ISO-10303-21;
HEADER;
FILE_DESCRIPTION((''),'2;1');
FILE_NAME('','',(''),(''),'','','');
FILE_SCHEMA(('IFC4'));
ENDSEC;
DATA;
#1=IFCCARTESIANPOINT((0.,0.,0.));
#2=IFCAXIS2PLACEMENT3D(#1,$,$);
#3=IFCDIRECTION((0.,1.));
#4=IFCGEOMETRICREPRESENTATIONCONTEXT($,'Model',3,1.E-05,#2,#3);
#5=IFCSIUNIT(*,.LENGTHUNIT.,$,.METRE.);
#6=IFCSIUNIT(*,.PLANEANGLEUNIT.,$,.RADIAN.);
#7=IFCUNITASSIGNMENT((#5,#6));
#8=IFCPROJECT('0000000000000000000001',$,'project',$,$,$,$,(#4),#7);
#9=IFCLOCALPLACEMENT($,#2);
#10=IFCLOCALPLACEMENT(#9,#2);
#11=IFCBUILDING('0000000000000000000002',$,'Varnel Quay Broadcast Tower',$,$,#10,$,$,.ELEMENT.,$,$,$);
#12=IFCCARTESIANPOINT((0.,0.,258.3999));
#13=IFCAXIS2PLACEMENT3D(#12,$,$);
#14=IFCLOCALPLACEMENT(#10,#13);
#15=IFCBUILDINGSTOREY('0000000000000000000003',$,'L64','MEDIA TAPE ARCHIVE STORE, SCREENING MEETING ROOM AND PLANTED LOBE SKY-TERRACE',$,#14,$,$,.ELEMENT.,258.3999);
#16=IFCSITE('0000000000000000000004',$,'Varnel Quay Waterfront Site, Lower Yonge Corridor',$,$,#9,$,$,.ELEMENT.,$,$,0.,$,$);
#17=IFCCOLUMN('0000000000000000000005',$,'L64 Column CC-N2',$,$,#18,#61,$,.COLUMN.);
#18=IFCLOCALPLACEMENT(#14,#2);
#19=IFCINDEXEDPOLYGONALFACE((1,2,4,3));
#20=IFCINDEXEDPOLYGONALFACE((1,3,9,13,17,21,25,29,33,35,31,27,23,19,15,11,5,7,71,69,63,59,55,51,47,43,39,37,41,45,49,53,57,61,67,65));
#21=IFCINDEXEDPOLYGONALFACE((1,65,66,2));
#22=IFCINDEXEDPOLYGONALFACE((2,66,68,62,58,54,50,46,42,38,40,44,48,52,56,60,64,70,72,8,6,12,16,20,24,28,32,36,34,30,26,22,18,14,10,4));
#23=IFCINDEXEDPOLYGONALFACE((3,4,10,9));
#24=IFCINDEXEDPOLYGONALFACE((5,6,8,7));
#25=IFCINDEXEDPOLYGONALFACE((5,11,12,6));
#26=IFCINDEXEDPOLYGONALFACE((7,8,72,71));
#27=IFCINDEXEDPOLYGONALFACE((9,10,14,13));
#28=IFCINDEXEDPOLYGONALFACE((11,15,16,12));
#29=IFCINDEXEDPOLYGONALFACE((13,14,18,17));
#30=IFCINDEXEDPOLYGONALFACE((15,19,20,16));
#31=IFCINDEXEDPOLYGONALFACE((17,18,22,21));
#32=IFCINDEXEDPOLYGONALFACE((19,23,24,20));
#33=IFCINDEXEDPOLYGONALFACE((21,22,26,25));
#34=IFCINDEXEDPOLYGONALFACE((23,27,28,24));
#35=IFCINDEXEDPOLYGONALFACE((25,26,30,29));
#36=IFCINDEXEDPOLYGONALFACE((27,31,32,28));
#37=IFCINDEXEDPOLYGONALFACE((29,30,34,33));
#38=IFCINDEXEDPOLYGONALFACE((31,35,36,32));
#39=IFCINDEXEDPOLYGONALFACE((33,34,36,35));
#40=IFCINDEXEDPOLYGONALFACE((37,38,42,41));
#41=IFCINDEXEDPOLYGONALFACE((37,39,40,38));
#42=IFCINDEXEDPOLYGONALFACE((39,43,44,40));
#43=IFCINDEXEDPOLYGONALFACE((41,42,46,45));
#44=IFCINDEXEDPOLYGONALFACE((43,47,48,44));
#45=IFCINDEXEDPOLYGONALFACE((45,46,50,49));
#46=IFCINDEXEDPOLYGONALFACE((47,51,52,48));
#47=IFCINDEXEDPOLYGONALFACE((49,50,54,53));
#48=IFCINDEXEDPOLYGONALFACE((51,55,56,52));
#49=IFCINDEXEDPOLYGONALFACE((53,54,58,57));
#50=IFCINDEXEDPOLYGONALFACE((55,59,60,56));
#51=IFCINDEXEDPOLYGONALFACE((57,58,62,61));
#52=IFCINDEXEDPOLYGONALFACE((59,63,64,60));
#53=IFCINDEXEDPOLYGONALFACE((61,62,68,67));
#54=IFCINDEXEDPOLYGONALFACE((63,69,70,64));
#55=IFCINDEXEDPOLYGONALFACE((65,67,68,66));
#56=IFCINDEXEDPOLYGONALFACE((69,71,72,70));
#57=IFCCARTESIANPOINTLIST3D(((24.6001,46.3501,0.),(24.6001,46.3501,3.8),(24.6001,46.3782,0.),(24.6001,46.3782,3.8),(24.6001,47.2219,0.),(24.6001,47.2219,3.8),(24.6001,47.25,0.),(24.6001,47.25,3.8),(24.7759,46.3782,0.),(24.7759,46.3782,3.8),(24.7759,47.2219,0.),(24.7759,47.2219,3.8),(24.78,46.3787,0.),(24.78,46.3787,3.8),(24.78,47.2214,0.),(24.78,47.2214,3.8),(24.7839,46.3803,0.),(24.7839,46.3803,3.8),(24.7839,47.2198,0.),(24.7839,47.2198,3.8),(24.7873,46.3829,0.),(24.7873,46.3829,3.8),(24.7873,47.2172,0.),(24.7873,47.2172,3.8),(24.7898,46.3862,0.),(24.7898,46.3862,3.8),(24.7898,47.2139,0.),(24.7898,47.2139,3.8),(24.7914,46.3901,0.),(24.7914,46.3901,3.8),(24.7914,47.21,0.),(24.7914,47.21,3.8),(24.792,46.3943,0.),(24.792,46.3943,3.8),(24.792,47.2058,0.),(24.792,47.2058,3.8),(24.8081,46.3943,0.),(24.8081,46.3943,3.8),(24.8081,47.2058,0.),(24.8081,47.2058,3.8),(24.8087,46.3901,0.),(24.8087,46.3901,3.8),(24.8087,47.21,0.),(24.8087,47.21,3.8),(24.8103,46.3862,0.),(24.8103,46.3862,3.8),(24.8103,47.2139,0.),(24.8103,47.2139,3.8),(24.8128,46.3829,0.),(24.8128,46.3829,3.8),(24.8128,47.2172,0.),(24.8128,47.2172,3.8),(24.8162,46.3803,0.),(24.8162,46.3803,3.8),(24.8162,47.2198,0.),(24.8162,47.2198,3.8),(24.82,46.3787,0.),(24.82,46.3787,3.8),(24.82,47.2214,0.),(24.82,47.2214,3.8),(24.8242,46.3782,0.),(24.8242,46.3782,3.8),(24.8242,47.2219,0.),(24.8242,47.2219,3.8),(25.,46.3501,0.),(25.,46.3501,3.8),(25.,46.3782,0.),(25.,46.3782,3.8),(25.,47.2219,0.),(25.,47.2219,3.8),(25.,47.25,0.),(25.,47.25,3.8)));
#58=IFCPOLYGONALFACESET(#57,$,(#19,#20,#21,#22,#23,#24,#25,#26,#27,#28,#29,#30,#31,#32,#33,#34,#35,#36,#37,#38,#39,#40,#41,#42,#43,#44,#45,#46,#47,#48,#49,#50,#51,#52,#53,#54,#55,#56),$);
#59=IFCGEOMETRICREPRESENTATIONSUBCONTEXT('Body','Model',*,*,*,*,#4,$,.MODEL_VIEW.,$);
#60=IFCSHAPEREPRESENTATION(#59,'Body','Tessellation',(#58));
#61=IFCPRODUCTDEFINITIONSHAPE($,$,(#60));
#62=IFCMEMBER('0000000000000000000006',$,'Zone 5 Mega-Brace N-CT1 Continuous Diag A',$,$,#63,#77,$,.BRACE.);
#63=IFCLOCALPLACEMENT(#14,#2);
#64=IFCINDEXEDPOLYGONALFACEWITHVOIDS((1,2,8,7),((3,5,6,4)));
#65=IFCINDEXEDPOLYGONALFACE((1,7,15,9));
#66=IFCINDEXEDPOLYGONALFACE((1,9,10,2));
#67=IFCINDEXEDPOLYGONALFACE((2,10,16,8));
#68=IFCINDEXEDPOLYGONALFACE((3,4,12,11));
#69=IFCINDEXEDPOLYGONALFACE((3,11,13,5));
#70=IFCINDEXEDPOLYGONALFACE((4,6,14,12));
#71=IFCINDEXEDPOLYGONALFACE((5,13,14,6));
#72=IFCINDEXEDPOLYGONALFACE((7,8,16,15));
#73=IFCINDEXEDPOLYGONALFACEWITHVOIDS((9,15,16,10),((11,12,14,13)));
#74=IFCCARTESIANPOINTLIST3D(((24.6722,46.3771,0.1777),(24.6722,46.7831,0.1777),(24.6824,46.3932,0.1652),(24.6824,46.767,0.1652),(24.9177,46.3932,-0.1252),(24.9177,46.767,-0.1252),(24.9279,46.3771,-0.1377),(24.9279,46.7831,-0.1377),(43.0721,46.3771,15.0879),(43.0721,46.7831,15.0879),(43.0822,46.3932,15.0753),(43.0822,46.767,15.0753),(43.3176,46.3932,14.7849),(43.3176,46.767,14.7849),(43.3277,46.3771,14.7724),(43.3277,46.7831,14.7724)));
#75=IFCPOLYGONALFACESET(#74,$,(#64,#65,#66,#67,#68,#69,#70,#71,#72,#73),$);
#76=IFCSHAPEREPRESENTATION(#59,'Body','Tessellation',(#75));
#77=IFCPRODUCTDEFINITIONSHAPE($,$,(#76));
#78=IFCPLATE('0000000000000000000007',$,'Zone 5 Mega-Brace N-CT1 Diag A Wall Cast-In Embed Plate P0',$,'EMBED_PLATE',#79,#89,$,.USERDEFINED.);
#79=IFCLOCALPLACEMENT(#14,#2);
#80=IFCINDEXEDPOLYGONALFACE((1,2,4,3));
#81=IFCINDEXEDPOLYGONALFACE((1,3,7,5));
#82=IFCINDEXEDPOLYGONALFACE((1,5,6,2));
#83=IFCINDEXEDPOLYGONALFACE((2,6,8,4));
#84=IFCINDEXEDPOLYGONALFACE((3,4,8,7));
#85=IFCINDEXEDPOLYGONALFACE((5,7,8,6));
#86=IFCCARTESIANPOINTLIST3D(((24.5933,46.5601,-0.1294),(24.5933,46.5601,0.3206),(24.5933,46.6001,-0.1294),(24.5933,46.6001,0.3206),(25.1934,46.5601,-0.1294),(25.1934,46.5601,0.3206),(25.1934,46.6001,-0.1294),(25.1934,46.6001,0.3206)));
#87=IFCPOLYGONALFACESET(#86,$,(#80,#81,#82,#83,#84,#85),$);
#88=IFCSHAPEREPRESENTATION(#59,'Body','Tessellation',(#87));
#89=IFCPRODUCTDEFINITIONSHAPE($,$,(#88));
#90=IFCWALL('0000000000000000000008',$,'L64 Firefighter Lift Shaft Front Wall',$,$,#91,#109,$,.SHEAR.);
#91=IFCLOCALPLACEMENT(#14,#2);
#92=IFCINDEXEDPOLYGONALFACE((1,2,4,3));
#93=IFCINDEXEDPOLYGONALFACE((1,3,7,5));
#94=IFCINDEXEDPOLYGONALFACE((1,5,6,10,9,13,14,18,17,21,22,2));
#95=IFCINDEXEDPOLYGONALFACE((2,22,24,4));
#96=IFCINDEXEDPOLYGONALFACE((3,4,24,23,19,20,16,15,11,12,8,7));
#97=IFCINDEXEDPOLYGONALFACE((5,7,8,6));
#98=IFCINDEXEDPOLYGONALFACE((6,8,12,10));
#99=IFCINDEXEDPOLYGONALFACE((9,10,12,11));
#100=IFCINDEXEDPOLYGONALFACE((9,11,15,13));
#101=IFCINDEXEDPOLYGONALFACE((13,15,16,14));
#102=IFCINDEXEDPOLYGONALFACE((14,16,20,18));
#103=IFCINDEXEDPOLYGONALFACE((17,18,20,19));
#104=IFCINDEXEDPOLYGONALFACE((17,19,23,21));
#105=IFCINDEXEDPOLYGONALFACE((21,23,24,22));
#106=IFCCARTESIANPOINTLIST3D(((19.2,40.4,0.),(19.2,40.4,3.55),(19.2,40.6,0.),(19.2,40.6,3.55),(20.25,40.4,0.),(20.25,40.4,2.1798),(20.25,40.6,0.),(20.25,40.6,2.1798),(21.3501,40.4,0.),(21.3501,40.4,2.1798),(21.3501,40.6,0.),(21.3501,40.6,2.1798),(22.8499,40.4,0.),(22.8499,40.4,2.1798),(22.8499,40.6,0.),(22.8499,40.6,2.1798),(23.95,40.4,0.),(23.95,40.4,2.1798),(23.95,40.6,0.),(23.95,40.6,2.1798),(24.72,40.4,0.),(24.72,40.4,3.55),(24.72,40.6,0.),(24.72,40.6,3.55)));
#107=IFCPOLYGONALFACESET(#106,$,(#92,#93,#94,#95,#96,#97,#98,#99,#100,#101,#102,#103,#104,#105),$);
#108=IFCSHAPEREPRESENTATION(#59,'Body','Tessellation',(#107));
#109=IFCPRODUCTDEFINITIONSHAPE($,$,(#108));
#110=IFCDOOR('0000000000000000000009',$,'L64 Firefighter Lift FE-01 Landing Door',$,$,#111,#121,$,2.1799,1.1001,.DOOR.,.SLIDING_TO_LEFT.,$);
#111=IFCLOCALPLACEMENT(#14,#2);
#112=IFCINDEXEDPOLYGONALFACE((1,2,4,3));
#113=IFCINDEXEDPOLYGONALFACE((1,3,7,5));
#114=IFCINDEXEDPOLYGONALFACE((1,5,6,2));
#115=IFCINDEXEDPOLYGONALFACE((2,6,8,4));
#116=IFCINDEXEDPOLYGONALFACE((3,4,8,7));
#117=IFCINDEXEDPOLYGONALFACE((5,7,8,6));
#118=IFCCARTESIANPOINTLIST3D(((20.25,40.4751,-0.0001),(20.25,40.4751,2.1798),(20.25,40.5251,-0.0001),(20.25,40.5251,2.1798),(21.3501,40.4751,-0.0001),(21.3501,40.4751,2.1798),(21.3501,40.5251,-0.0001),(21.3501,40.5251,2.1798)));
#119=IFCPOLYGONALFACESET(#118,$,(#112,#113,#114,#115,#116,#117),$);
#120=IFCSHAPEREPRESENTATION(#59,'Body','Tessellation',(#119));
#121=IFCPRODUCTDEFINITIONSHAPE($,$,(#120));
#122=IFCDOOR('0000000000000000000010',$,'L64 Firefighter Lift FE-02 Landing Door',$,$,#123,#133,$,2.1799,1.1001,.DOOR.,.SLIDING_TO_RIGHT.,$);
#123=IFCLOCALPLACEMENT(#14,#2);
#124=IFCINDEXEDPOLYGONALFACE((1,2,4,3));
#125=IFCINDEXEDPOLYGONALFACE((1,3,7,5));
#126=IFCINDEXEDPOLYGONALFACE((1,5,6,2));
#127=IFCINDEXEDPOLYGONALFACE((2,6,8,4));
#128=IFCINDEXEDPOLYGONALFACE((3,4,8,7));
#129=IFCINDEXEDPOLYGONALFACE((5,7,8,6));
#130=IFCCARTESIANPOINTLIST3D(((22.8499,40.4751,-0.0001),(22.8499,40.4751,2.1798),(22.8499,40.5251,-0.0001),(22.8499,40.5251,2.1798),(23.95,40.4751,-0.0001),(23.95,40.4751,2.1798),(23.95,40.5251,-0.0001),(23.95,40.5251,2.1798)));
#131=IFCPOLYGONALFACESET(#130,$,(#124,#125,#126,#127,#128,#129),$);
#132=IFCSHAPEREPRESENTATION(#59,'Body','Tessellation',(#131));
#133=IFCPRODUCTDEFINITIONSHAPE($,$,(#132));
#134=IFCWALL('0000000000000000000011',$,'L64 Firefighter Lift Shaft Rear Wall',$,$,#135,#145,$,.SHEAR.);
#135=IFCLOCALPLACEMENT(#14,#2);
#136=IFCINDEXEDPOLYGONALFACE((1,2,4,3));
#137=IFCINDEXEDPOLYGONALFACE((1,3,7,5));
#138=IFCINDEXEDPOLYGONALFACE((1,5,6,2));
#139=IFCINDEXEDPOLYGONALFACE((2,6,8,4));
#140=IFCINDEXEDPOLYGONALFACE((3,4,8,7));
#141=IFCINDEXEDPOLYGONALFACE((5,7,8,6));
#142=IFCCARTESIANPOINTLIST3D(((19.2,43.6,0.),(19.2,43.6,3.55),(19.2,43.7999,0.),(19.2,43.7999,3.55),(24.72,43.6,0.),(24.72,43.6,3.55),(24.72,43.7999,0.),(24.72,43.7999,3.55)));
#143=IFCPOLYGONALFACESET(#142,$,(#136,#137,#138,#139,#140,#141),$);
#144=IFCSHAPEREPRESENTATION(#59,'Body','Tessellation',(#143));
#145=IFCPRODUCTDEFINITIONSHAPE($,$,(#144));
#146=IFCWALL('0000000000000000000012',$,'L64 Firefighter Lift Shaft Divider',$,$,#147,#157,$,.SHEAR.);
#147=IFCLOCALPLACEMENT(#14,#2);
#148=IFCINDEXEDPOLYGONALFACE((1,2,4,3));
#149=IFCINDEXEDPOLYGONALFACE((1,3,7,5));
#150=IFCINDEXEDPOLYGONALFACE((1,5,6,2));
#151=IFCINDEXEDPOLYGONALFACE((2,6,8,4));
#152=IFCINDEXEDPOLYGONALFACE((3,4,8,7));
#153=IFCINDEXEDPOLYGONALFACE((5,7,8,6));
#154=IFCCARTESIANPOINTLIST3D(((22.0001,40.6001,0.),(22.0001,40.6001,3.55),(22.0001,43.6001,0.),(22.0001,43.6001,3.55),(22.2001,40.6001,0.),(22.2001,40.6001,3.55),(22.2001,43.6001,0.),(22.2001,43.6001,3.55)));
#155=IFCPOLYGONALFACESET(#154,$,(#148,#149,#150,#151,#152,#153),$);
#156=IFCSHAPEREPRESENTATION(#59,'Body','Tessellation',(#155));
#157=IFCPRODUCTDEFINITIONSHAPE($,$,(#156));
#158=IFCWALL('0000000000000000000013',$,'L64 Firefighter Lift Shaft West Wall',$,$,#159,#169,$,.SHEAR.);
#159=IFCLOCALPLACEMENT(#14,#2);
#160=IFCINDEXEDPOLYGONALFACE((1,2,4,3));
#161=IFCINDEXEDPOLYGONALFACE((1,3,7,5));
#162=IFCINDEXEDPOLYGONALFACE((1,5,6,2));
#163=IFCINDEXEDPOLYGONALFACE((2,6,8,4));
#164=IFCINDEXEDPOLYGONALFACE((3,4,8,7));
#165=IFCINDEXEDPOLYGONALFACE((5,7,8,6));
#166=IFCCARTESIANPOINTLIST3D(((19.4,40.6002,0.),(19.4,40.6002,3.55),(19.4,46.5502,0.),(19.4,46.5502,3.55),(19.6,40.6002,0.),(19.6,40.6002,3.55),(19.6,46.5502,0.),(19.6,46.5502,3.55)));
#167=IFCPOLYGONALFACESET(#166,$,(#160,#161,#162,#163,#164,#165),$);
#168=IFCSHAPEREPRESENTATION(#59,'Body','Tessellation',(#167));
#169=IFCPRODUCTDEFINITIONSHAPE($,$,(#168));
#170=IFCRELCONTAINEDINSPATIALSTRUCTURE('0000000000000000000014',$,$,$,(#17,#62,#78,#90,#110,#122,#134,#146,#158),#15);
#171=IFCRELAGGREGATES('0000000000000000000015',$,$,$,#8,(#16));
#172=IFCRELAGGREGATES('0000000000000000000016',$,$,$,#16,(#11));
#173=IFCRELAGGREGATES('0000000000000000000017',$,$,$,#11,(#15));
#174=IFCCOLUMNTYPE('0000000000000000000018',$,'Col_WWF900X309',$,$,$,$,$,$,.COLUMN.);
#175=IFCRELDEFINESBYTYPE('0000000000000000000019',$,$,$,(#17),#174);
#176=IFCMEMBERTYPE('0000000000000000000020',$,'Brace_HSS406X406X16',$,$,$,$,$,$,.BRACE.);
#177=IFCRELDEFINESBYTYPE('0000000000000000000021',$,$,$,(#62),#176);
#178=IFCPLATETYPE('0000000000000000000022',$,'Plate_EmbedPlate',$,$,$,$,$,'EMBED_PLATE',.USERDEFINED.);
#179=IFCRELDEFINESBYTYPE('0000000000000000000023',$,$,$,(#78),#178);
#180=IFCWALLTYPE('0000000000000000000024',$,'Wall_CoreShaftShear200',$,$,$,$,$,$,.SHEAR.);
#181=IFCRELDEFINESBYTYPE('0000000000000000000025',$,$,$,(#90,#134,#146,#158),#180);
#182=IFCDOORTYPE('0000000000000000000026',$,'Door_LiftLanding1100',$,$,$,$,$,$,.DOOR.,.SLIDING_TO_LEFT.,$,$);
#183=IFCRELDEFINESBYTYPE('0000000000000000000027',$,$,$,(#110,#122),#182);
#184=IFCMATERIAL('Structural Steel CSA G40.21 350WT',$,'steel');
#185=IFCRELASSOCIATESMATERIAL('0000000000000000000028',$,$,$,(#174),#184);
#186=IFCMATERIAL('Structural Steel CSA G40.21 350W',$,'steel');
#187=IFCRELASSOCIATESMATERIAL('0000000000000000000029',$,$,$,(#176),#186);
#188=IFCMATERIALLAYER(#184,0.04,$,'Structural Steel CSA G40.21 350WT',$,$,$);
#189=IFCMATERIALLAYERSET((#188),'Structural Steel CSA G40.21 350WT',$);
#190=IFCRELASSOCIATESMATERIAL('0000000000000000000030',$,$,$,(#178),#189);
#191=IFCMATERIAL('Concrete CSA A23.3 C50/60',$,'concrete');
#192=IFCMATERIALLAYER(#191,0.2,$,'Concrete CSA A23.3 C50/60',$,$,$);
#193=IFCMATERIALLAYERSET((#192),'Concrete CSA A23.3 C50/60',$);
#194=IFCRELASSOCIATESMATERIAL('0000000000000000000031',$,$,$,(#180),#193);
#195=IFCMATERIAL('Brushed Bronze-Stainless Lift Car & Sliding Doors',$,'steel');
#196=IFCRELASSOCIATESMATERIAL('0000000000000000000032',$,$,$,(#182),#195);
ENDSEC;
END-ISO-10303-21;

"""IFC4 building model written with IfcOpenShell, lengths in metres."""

from ifc_helpers import new_model, si_unit, direction, frame, frame_2d, origin, origin_2d, place, context, subcontext, project, spatial, rectangle, hollow_rectangle, i_section, extrude, source, transform, mapped, material, layer, layer_set, material_profile, profile_set, type_object, type_shapes, element, fill, save


model = new_model("IFC4")

# Units and contexts
model_context = context("Model", 3, precision=1e-05, world=origin(), true_north=direction((0.0, 1.0)))
body_context = subcontext(model_context, "Body", "Model", "MODEL_VIEW")
ifc_project = project(units=[si_unit("LENGTHUNIT", "METRE"), si_unit("PLANEANGLEUNIT", "RADIAN")], contexts=[model_context])

# Site, building, storey
site_placement = place(None, origin())
site = spatial("IfcSite", under=ifc_project, at=site_placement, Name="Varnel Quay Waterfront Site, Lower Yonge Corridor", CompositionType="ELEMENT", RefElevation=0.0)
building_placement = place(site_placement, origin())
building = spatial("IfcBuilding", under=site, at=building_placement, Name="Varnel Quay Broadcast Tower", CompositionType="ELEMENT")
storey_placement = place(building_placement, frame((0.0, 0.0, 258.3999)))
storey = spatial("IfcBuildingStorey", under=building, at=storey_placement, Name="L64", Description="MEDIA TAPE ARCHIVE STORE, SCREENING MEETING ROOM AND PLANTED LOBE SKY-TERRACE", CompositionType="ELEMENT", Elevation=258.3999)

# Column
ifc_material_1 = material(Name="Structural Steel CSA G40.21 350WT", Category="steel")
ifc_material_profile_1 = material_profile(ifc_material_1, i_section(OverallWidth=0.3999, OverallDepth=0.8999, WebThickness=0.0161, FlangeThickness=0.0281, FilletRadius=0.0161, at=origin_2d()), Name="WWF900X309")
ifc_profile_set_1 = profile_set([ifc_material_profile_1], Name="Structural Steel CSA G40.21 350WT")
column_type = type_object("IfcColumnType", Name="Col_WWF900X309", PredefinedType="COLUMN", material=ifc_profile_set_1)
shared_shape_1 = source(origin(), body_context, "Body", "SweptSolid", [
    extrude(i_section(OverallWidth=0.3999, OverallDepth=0.8999, WebThickness=0.0161, FlangeThickness=0.0281, FilletRadius=0.0161, at=origin_2d()), origin(), (0.0, 0.0, 1.0), 3.8),
])
type_shapes(column_type, [shared_shape_1])
column_placement = place(storey_placement, frame((24.8, 46.8, 0.0), z_axis=(0.0, 0.0, 1.0), x_axis=(1.0, 0.0, 0.0)))
element("IfcColumn", 1, at=column_placement, inside=storey, type_object=column_type, Name="L64 Column CC-N2", PredefinedType="COLUMN", context=body_context, shape_type="MappedRepresentation", body=[
    mapped(shared_shape_1, transform((0.0, 0.0, 0.0), x_axis=(1.0, 0.0, 0.0), y_axis=(0.0, 1.0, 0.0), z_axis=(0.0, 0.0, 1.0), scale=1.0)),
])

# Member
ifc_material_2 = material(Name="Structural Steel CSA G40.21 350W", Category="steel")
ifc_material_profile_2 = material_profile(ifc_material_2, hollow_rectangle(XDim=0.406, YDim=0.406, WallThickness=0.0161, at=origin_2d()), Name="HSS406X406X16")
ifc_profile_set_2 = profile_set([ifc_material_profile_2], Name="Structural Steel CSA G40.21 350W")
member_type = type_object("IfcMemberType", Name="Brace_HSS406X406X16", PredefinedType="BRACE", material=ifc_profile_set_2)
shared_shape_2 = source(origin(), body_context, "Body", "SweptSolid", [
    extrude(hollow_rectangle(XDim=0.406, YDim=0.406, WallThickness=0.0161, at=origin_2d()), origin(), (0.0, 0.0, 1.0), 23.6826),
])
type_shapes(member_type, [shared_shape_2])
member_placement = place(storey_placement, frame((24.8, 46.5801, 0.02), z_axis=(0.776935, 0.0, 0.629581), x_axis=(0.0, 1.0, 0.0)))
element("IfcMember", 2, at=member_placement, inside=storey, type_object=member_type, Name="Zone 5 Mega-Brace N-CT1 Continuous Diag A", PredefinedType="BRACE", context=body_context, shape_type="MappedRepresentation", body=[
    mapped(shared_shape_2, transform((0.0, 0.0, 0.0), x_axis=(1.0, 0.0, 0.0), y_axis=(0.0, 1.0, 0.0), z_axis=(0.0, 0.0, 1.0), scale=1.0)),
])

# Plate
ifc_layer_1 = layer(ifc_material_1, 0.04, Name="Structural Steel CSA G40.21 350WT")
ifc_layer_set_1 = layer_set([ifc_layer_1], Name="Structural Steel CSA G40.21 350WT")
plate_type = type_object("IfcPlateType", Name="Plate_EmbedPlate", ElementType="EMBED_PLATE", PredefinedType="USERDEFINED", material=ifc_layer_set_1)
shared_shape_3 = source(origin(), body_context, "Body", "SweptSolid", [
    extrude(rectangle(XDim=0.6001, YDim=0.04, at=origin_2d()), origin(), (0.0, 0.0, 1.0), 0.45),
])
type_shapes(plate_type, [shared_shape_3])
plate_placement = place(storey_placement, frame((24.8933, 46.5801, -0.1294), z_axis=(0.0, 0.0, 1.0), x_axis=(1.0, 0.0, 0.0)))
element("IfcPlate", 3, at=plate_placement, inside=storey, type_object=plate_type, Name="Zone 5 Mega-Brace N-CT1 Diag A Wall Cast-In Embed Plate P0", ObjectType="EMBED_PLATE", PredefinedType="USERDEFINED", context=body_context, shape_type="MappedRepresentation", body=[
    mapped(shared_shape_3, transform((0.0, 0.0, 0.0), x_axis=(1.0, 0.0, 0.0), y_axis=(0.0, 1.0, 0.0), z_axis=(0.0, 0.0, 1.0), scale=1.0)),
])

# Wall, openings, doors
ifc_material_3 = material(Name="Concrete CSA A23.3 C50/60", Category="concrete")
ifc_layer_2 = layer(ifc_material_3, 0.2, Name="Concrete CSA A23.3 C50/60")
ifc_layer_set_2 = layer_set([ifc_layer_2], Name="Concrete CSA A23.3 C50/60")
wall_type_1 = type_object("IfcWallType", Name="Wall_CoreShaftShear200", PredefinedType="SHEAR", material=ifc_layer_set_2)
wall_1_placement = place(storey_placement, frame((19.2, 40.5, 0.0), z_axis=(0.0, 0.0, 1.0), x_axis=(1.0, 0.0, 0.0)))
wall_1 = element("IfcWall", 4, at=wall_1_placement, inside=storey, type_object=wall_type_1, Name="L64 Firefighter Lift Shaft Front Wall", PredefinedType="SHEAR", context=body_context, shape_type="SweptSolid", body=[
    extrude(rectangle(XDim=5.52, YDim=0.2, at=frame_2d((2.76, 0.0))), origin(), (0.0, 0.0, 1.0), 3.55),
])
opening_1_placement = place(wall_1_placement, frame((1.05, 0.0, 0.0)))
opening_1 = element("IfcOpeningElement", 5, at=opening_1_placement, cuts=wall_1, PredefinedType="OPENING", context=body_context, shape_type="SweptSolid", body=[
    extrude(rectangle(XDim=1.1001, YDim=2.1799, at=frame_2d((0.55, 1.0898))), frame((0.0, 0.1099, 0.0), z_axis=(0.0, -1.0, 0.0), x_axis=(1.0, 0.0, 0.0)), (0.0, 0.0, 1.0), 0.22),
])
opening_2_placement = place(wall_1_placement, frame((3.6499, 0.0, 0.0)))
opening_2 = element("IfcOpeningElement", 6, at=opening_2_placement, cuts=wall_1, PredefinedType="OPENING", context=body_context, shape_type="SweptSolid", body=[
    extrude(rectangle(XDim=1.1001, YDim=2.1799, at=frame_2d((0.55, 1.0898))), frame((0.0, 0.1099, 0.0), z_axis=(0.0, -1.0, 0.0), x_axis=(1.0, 0.0, 0.0)), (0.0, 0.0, 1.0), 0.22),
])
ifc_material_4 = material(Name="Brushed Bronze-Stainless Lift Car & Sliding Doors", Category="steel")
door_type_1 = type_object("IfcDoorType", Name="Door_LiftLanding1100", OperationType="SLIDING_TO_LEFT", PredefinedType="DOOR", material=ifc_material_4)
shared_shape_4 = source(origin(), body_context, "Body", "SweptSolid", [
    extrude(rectangle(XDim=1.1001, YDim=2.1799, at=frame_2d((0.55, 1.0898))), frame((0.0, 0.0249, 0.0), z_axis=(0.0, -1.0, 0.0), x_axis=(1.0, 0.0, 0.0)), (0.0, 0.0, 1.0), 0.05),
])
type_shapes(door_type_1, [shared_shape_4])
door_1_placement = place(opening_1_placement, frame((1.1001, 0.0, 0.0), z_axis=(0.0, 0.0, 1.0), x_axis=(-1.0, 0.0, 0.0)))
door_1 = element("IfcDoor", 7, at=door_1_placement, inside=storey, type_object=door_type_1, Name="L64 Firefighter Lift FE-01 Landing Door", OperationType="SLIDING_TO_LEFT", OverallHeight=2.1799, OverallWidth=1.1001, PredefinedType="DOOR", context=body_context, shape_type="MappedRepresentation", body=[
    mapped(shared_shape_4, transform((0.0, 0.0, 0.0), x_axis=(1.0, 0.0, 0.0), y_axis=(0.0, 1.0, 0.0), z_axis=(0.0, 0.0, 1.0), scale=1.0)),
])
fill(opening_1, door_1)
door_2_placement = place(opening_2_placement, frame((1.1001, 0.0, 0.0), z_axis=(0.0, 0.0, 1.0), x_axis=(-1.0, 0.0, 0.0)))
door_2 = element("IfcDoor", 8, at=door_2_placement, inside=storey, type_object=door_type_1, Name="L64 Firefighter Lift FE-02 Landing Door", OperationType="SLIDING_TO_RIGHT", OverallHeight=2.1799, OverallWidth=1.1001, PredefinedType="DOOR", context=body_context, shape_type="MappedRepresentation", body=[
    mapped(shared_shape_4, transform((0.0, 0.0, 0.0), x_axis=(1.0, 0.0, 0.0), y_axis=(0.0, 1.0, 0.0), z_axis=(0.0, 0.0, 1.0), scale=1.0)),
])
fill(opening_2, door_2)

# Walls
wall_2_placement = place(storey_placement, frame((19.2, 43.7, 0.0), z_axis=(0.0, 0.0, 1.0), x_axis=(1.0, 0.0, 0.0)))
element("IfcWall", 9, at=wall_2_placement, inside=storey, type_object=wall_type_1, Name="L64 Firefighter Lift Shaft Rear Wall", PredefinedType="SHEAR", context=body_context, shape_type="SweptSolid", body=[
    extrude(rectangle(XDim=5.52, YDim=0.2, at=frame_2d((2.76, 0.0))), origin(), (0.0, 0.0, 1.0), 3.55),
])
wall_3_placement = place(storey_placement, frame((22.1001, 40.6001, 0.0), z_axis=(0.0, 0.0, 1.0), x_axis=(0.0, 1.0, 0.0)))
element("IfcWall", 10, at=wall_3_placement, inside=storey, type_object=wall_type_1, Name="L64 Firefighter Lift Shaft Divider", PredefinedType="SHEAR", context=body_context, shape_type="SweptSolid", body=[
    extrude(rectangle(XDim=3.0, YDim=0.2, at=frame_2d((1.5, 0.0))), origin(), (0.0, 0.0, 1.0), 3.55),
])
wall_4_placement = place(storey_placement, frame((19.5, 40.6001, 0.0), z_axis=(0.0, 0.0, 1.0), x_axis=(0.0, 1.0, 0.0)))
element("IfcWall", 11, at=wall_4_placement, inside=storey, type_object=wall_type_1, Name="L64 Firefighter Lift Shaft West Wall", PredefinedType="SHEAR", context=body_context, shape_type="SweptSolid", body=[
    extrude(rectangle(XDim=5.95, YDim=0.2, at=frame_2d((2.9751, 0.0))), origin(), (0.0, 0.0, 1.0), 3.55),
])

save(model, "model.ifc")
